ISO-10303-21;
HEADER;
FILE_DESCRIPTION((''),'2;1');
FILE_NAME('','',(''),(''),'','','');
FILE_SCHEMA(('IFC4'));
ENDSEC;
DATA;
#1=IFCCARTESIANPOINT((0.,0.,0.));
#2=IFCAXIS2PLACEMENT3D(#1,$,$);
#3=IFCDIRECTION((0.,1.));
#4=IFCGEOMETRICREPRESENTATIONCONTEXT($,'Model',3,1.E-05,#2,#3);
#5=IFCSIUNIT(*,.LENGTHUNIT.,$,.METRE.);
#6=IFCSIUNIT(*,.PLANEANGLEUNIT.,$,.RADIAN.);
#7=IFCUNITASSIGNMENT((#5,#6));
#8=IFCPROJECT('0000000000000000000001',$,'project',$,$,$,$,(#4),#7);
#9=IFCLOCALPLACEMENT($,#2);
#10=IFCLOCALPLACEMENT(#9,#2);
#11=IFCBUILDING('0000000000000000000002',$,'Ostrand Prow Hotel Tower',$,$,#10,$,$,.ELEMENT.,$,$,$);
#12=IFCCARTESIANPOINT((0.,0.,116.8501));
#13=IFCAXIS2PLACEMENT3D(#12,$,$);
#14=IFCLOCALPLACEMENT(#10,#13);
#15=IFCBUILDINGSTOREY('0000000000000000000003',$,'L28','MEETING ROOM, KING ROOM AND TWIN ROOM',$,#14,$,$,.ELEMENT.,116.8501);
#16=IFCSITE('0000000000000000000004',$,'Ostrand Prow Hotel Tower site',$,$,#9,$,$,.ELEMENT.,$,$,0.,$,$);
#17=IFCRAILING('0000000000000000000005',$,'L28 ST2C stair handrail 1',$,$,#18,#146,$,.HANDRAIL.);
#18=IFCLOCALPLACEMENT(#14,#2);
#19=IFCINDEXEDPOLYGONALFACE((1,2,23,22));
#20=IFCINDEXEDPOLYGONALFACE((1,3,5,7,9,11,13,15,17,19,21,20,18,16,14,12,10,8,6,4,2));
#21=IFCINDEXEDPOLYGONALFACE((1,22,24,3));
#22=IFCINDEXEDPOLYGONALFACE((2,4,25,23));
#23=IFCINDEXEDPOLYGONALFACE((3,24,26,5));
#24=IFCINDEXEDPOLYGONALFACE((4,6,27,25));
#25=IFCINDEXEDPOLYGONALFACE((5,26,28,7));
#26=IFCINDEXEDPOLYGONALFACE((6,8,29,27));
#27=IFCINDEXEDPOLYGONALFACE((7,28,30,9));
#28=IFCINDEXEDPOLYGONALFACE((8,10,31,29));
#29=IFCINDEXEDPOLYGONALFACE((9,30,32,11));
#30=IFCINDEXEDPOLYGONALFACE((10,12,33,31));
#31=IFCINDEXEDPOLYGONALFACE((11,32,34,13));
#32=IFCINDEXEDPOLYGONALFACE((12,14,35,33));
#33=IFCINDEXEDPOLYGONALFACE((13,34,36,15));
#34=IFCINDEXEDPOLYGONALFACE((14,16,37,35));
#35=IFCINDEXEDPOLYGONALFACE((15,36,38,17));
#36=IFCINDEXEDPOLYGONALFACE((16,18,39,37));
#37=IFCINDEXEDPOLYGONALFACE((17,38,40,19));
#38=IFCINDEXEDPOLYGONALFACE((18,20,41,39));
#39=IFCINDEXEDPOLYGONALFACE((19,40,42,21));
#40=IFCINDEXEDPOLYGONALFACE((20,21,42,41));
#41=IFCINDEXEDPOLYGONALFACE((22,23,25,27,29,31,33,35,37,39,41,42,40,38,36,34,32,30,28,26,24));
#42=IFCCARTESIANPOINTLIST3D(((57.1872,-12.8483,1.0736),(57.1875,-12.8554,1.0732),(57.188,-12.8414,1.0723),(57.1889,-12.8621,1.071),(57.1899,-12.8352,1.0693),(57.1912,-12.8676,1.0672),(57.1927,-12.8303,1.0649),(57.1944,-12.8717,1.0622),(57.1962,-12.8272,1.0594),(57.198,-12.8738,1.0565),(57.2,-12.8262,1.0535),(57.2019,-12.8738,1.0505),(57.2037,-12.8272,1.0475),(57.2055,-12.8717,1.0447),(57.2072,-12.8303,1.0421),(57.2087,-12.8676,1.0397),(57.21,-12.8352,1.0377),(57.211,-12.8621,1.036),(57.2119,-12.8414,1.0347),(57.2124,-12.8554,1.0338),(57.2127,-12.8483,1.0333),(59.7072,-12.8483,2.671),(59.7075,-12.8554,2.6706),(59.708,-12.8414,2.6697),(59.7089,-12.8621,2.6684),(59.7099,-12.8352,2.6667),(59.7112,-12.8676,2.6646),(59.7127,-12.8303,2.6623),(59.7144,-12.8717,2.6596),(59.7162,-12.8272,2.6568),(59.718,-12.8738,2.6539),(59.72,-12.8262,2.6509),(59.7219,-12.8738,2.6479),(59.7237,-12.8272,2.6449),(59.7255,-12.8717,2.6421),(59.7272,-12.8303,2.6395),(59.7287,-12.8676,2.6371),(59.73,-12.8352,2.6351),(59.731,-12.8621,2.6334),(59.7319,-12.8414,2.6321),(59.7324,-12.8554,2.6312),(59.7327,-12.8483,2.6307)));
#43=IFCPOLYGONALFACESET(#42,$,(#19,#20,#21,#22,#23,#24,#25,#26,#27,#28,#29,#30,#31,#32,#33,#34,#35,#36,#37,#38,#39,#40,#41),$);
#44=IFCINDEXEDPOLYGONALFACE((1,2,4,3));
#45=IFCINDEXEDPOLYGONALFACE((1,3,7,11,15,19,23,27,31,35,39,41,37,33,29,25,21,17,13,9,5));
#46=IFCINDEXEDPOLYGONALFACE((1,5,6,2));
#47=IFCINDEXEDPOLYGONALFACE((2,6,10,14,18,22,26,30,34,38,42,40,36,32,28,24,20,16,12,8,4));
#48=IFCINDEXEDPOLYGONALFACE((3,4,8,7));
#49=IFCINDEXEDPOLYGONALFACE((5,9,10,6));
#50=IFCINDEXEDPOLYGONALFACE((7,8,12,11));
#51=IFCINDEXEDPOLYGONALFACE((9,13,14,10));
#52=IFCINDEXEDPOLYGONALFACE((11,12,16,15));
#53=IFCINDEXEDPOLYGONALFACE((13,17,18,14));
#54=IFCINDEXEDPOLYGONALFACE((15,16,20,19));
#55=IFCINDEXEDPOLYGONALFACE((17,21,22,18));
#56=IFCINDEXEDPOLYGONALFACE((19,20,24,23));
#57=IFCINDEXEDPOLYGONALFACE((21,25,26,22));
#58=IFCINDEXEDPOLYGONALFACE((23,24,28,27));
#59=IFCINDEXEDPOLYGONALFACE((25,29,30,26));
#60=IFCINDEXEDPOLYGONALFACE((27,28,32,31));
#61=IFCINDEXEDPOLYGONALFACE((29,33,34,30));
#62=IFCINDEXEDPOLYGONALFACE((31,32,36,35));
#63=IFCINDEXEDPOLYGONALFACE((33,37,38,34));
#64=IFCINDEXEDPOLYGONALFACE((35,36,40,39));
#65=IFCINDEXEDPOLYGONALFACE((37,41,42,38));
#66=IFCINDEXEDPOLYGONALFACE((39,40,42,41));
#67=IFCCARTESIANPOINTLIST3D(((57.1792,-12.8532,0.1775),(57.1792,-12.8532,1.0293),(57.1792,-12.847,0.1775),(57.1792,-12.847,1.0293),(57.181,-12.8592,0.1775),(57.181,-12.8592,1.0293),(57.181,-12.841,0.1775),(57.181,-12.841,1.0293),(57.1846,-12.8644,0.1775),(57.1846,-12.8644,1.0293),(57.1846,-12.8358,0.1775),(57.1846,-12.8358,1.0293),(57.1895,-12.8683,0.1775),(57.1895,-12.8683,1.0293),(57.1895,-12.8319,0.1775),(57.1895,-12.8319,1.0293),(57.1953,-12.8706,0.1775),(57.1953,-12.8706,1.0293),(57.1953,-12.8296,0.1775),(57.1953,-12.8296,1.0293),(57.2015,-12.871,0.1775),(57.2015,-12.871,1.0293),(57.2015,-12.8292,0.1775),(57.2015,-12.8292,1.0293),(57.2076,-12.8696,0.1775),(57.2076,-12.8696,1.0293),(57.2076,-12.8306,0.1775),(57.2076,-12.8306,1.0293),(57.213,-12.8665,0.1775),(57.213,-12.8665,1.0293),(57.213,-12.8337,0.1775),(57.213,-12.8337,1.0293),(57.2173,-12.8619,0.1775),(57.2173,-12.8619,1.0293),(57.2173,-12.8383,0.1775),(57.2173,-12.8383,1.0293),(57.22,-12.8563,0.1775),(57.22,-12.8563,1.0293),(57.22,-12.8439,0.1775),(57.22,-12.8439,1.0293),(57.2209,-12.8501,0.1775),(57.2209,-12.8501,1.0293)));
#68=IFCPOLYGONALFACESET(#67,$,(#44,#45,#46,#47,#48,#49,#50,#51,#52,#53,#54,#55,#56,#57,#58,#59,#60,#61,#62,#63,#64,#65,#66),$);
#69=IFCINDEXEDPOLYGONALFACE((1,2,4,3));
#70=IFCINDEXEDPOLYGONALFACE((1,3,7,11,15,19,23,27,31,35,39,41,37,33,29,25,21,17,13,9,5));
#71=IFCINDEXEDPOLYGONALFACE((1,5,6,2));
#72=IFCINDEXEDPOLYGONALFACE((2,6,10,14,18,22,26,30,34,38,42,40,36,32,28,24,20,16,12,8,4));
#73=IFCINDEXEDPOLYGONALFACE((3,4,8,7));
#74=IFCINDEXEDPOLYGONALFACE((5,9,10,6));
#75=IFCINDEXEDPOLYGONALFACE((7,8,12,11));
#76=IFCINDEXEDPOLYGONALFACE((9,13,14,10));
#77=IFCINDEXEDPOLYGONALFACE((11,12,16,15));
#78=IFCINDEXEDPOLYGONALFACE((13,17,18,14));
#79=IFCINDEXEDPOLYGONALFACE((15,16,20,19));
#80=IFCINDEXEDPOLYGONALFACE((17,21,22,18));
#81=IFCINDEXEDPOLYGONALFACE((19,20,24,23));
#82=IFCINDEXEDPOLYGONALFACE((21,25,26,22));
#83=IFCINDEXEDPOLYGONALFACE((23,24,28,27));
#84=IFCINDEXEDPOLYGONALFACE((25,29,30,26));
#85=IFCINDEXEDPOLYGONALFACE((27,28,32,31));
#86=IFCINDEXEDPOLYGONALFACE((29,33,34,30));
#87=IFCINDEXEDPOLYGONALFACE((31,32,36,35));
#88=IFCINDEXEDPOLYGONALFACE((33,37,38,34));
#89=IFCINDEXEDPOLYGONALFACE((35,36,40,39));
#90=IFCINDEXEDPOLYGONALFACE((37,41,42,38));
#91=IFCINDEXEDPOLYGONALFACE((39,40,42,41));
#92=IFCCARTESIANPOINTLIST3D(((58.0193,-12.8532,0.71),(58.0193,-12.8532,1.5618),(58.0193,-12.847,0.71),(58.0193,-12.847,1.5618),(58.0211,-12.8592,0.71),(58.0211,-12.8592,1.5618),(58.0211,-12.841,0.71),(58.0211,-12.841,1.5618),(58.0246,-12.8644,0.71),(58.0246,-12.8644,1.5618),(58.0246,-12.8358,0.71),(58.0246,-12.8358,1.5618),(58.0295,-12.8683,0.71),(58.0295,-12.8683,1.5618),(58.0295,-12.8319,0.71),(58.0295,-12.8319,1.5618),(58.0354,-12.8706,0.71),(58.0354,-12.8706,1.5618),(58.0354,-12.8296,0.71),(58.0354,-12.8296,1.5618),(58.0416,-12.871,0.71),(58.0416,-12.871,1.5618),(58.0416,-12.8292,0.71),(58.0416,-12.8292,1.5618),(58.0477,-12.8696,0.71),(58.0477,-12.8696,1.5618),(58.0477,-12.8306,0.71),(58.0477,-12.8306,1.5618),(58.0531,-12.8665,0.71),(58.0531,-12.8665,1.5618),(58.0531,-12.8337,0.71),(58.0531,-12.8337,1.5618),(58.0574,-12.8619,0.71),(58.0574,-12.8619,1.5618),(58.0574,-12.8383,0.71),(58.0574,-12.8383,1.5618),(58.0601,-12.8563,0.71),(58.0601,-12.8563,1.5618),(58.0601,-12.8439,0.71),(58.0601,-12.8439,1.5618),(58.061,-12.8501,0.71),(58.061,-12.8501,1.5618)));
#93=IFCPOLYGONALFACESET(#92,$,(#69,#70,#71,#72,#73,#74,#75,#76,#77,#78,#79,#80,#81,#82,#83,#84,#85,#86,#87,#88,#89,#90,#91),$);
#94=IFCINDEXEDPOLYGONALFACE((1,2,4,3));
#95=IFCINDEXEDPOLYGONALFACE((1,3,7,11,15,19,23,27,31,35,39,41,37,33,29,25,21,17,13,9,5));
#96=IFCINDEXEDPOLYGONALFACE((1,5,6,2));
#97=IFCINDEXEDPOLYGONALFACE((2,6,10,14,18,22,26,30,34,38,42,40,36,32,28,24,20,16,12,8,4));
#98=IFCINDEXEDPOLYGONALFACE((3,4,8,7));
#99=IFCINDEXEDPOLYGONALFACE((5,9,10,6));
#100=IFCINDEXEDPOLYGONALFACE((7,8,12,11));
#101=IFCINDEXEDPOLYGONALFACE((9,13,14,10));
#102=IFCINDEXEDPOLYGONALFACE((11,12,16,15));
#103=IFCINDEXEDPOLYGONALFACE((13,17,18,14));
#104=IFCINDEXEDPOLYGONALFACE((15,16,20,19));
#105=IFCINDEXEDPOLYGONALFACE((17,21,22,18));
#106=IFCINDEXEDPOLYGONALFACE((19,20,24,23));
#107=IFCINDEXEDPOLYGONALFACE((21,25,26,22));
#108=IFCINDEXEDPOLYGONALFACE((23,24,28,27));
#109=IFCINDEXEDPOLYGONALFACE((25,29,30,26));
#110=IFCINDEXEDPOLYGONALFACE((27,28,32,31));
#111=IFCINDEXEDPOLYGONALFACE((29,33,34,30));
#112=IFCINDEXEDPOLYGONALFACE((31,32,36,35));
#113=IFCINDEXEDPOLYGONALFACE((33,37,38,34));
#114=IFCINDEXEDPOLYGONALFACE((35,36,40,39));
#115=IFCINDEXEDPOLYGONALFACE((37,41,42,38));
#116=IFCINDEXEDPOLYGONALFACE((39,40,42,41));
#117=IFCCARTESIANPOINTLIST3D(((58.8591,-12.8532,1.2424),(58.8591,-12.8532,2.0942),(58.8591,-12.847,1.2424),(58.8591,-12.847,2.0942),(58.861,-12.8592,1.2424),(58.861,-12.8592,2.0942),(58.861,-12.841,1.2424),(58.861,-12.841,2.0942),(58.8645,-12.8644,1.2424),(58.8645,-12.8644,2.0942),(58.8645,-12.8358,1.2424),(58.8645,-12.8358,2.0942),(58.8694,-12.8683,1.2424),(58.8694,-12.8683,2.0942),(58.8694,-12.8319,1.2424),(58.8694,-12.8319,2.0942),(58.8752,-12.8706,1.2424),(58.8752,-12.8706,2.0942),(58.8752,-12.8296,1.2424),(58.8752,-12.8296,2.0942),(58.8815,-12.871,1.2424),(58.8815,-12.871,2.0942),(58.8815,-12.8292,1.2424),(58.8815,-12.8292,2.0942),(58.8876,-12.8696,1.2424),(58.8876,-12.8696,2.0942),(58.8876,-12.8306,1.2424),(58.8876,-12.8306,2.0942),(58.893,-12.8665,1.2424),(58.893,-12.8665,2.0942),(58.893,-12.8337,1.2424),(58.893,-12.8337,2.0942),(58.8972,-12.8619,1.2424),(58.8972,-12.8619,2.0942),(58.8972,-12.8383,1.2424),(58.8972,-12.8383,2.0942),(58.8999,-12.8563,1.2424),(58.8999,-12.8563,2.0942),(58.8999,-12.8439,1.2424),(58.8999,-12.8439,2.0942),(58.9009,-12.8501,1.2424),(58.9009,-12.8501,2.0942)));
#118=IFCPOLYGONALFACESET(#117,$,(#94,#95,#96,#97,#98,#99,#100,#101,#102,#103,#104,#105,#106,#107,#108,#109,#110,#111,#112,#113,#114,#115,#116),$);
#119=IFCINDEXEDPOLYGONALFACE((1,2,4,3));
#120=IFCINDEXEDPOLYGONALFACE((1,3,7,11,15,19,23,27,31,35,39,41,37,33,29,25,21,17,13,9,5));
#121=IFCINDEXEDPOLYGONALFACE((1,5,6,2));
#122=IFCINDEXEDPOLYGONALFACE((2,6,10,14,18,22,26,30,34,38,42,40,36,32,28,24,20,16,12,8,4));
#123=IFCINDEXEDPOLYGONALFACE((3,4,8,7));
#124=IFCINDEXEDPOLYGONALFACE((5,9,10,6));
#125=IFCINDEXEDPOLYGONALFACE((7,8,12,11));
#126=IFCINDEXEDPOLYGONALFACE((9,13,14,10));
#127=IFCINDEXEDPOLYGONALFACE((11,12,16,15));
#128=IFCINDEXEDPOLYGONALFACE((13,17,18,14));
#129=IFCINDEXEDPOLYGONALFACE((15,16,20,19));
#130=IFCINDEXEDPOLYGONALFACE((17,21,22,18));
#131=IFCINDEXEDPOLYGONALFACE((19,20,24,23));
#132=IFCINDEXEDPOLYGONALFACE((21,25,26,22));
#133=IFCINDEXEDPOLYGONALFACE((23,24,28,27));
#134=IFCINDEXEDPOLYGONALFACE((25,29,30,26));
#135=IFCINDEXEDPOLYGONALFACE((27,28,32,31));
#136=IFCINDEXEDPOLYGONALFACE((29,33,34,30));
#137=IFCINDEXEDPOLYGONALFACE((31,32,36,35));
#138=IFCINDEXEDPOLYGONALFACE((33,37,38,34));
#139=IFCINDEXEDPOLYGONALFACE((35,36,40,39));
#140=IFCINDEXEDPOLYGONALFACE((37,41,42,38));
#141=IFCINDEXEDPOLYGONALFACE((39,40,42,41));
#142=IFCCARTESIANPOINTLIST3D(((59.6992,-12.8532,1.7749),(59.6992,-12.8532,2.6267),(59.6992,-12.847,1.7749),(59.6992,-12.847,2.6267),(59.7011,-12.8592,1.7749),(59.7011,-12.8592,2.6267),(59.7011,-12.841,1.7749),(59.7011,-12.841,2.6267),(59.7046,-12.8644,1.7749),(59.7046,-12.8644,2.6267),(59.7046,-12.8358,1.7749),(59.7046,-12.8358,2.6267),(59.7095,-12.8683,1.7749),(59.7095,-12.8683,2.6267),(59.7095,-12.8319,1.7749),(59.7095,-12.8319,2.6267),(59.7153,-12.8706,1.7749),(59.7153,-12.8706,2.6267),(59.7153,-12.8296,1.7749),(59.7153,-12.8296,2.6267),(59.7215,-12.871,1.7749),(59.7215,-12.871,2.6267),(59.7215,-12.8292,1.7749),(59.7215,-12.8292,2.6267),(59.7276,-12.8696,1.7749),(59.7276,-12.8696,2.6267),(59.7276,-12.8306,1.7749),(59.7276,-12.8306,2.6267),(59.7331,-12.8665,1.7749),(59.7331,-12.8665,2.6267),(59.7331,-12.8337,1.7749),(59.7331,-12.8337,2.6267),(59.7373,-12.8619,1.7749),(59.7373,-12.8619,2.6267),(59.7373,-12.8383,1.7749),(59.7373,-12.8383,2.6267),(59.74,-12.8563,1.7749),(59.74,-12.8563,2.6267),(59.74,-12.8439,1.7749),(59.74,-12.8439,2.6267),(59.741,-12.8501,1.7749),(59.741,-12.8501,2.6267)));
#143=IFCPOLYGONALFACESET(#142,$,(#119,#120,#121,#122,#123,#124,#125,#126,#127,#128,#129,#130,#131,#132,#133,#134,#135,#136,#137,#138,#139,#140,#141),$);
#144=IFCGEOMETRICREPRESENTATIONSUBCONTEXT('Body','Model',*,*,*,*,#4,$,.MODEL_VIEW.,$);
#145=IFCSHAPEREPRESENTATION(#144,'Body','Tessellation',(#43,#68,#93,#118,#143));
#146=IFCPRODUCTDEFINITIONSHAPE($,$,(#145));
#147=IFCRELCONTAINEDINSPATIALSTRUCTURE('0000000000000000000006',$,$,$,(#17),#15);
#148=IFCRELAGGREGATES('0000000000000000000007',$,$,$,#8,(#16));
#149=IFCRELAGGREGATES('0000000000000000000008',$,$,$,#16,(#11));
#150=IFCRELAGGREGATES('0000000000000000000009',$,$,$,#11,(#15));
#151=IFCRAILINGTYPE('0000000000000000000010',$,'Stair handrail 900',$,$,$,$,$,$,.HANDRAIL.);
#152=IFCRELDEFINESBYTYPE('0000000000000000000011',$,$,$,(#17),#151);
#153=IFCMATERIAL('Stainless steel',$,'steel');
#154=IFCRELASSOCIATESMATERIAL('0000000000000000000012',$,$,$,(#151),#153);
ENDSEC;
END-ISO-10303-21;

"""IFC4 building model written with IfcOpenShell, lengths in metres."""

from ifc_helpers import new_model, si_unit, direction, frame, origin, origin_2d, place, context, subcontext, project, spatial, circle, extrude, material, type_object, element, save


model = new_model("IFC4")

# Units and contexts
model_context = context("Model", 3, precision=1e-05, world=origin(), true_north=direction((0.0, 1.0)))
body_context = subcontext(model_context, "Body", "Model", "MODEL_VIEW")
ifc_project = project(units=[si_unit("LENGTHUNIT", "METRE"), si_unit("PLANEANGLEUNIT", "RADIAN")], contexts=[model_context])

# Site, building, storey
site_placement = place(None, origin())
site = spatial("IfcSite", under=ifc_project, at=site_placement, Name="Ostrand Prow Hotel Tower site", CompositionType="ELEMENT", RefElevation=0.0)
building_placement = place(site_placement, origin())
building = spatial("IfcBuilding", under=site, at=building_placement, Name="Ostrand Prow Hotel Tower", CompositionType="ELEMENT")
storey_placement = place(building_placement, frame((0.0, 0.0, 116.8501)))
storey = spatial("IfcBuildingStorey", under=building, at=storey_placement, Name="L28", Description="MEETING ROOM, KING ROOM AND TWIN ROOM", CompositionType="ELEMENT", Elevation=116.8501)

# Railing
ifc_material_1 = material(Name="Stainless steel", Category="steel")
railing_type_1 = type_object("IfcRailingType", Name="Stair handrail 900", PredefinedType="HANDRAIL", material=ifc_material_1)
railing_1_placement = place(storey_placement, frame((57.2, -12.8501, 0.1775)))
element("IfcRailing", 1, at=railing_1_placement, inside=storey, type_object=railing_type_1, Name="L28 ST2C stair handrail 1", PredefinedType="HANDRAIL", context=body_context, shape_type="SweptSolid", body=[
    extrude(circle(Radius=0.0239, at=origin_2d()), frame((0.0, 0.0, 0.876), z_axis=(0.844607, 0.0, 0.535387), x_axis=(0.0, 1.0, 0.0)), (0.0, 0.0, 1.0), 2.9836),
    extrude(circle(Radius=0.021, at=origin_2d()), origin(), (0.0, 0.0, 1.0), 0.8518),
    extrude(circle(Radius=0.021, at=origin_2d()), frame((0.8401, 0.0, 0.5325)), (0.0, 0.0, 1.0), 0.8518),
    extrude(circle(Radius=0.021, at=origin_2d()), frame((1.6799, 0.0, 1.0649)), (0.0, 0.0, 1.0), 0.8518),
    extrude(circle(Radius=0.021, at=origin_2d()), frame((2.52, 0.0, 1.5974)), (0.0, 0.0, 1.0), 0.8518),
])

save(model, "model.ifc")
